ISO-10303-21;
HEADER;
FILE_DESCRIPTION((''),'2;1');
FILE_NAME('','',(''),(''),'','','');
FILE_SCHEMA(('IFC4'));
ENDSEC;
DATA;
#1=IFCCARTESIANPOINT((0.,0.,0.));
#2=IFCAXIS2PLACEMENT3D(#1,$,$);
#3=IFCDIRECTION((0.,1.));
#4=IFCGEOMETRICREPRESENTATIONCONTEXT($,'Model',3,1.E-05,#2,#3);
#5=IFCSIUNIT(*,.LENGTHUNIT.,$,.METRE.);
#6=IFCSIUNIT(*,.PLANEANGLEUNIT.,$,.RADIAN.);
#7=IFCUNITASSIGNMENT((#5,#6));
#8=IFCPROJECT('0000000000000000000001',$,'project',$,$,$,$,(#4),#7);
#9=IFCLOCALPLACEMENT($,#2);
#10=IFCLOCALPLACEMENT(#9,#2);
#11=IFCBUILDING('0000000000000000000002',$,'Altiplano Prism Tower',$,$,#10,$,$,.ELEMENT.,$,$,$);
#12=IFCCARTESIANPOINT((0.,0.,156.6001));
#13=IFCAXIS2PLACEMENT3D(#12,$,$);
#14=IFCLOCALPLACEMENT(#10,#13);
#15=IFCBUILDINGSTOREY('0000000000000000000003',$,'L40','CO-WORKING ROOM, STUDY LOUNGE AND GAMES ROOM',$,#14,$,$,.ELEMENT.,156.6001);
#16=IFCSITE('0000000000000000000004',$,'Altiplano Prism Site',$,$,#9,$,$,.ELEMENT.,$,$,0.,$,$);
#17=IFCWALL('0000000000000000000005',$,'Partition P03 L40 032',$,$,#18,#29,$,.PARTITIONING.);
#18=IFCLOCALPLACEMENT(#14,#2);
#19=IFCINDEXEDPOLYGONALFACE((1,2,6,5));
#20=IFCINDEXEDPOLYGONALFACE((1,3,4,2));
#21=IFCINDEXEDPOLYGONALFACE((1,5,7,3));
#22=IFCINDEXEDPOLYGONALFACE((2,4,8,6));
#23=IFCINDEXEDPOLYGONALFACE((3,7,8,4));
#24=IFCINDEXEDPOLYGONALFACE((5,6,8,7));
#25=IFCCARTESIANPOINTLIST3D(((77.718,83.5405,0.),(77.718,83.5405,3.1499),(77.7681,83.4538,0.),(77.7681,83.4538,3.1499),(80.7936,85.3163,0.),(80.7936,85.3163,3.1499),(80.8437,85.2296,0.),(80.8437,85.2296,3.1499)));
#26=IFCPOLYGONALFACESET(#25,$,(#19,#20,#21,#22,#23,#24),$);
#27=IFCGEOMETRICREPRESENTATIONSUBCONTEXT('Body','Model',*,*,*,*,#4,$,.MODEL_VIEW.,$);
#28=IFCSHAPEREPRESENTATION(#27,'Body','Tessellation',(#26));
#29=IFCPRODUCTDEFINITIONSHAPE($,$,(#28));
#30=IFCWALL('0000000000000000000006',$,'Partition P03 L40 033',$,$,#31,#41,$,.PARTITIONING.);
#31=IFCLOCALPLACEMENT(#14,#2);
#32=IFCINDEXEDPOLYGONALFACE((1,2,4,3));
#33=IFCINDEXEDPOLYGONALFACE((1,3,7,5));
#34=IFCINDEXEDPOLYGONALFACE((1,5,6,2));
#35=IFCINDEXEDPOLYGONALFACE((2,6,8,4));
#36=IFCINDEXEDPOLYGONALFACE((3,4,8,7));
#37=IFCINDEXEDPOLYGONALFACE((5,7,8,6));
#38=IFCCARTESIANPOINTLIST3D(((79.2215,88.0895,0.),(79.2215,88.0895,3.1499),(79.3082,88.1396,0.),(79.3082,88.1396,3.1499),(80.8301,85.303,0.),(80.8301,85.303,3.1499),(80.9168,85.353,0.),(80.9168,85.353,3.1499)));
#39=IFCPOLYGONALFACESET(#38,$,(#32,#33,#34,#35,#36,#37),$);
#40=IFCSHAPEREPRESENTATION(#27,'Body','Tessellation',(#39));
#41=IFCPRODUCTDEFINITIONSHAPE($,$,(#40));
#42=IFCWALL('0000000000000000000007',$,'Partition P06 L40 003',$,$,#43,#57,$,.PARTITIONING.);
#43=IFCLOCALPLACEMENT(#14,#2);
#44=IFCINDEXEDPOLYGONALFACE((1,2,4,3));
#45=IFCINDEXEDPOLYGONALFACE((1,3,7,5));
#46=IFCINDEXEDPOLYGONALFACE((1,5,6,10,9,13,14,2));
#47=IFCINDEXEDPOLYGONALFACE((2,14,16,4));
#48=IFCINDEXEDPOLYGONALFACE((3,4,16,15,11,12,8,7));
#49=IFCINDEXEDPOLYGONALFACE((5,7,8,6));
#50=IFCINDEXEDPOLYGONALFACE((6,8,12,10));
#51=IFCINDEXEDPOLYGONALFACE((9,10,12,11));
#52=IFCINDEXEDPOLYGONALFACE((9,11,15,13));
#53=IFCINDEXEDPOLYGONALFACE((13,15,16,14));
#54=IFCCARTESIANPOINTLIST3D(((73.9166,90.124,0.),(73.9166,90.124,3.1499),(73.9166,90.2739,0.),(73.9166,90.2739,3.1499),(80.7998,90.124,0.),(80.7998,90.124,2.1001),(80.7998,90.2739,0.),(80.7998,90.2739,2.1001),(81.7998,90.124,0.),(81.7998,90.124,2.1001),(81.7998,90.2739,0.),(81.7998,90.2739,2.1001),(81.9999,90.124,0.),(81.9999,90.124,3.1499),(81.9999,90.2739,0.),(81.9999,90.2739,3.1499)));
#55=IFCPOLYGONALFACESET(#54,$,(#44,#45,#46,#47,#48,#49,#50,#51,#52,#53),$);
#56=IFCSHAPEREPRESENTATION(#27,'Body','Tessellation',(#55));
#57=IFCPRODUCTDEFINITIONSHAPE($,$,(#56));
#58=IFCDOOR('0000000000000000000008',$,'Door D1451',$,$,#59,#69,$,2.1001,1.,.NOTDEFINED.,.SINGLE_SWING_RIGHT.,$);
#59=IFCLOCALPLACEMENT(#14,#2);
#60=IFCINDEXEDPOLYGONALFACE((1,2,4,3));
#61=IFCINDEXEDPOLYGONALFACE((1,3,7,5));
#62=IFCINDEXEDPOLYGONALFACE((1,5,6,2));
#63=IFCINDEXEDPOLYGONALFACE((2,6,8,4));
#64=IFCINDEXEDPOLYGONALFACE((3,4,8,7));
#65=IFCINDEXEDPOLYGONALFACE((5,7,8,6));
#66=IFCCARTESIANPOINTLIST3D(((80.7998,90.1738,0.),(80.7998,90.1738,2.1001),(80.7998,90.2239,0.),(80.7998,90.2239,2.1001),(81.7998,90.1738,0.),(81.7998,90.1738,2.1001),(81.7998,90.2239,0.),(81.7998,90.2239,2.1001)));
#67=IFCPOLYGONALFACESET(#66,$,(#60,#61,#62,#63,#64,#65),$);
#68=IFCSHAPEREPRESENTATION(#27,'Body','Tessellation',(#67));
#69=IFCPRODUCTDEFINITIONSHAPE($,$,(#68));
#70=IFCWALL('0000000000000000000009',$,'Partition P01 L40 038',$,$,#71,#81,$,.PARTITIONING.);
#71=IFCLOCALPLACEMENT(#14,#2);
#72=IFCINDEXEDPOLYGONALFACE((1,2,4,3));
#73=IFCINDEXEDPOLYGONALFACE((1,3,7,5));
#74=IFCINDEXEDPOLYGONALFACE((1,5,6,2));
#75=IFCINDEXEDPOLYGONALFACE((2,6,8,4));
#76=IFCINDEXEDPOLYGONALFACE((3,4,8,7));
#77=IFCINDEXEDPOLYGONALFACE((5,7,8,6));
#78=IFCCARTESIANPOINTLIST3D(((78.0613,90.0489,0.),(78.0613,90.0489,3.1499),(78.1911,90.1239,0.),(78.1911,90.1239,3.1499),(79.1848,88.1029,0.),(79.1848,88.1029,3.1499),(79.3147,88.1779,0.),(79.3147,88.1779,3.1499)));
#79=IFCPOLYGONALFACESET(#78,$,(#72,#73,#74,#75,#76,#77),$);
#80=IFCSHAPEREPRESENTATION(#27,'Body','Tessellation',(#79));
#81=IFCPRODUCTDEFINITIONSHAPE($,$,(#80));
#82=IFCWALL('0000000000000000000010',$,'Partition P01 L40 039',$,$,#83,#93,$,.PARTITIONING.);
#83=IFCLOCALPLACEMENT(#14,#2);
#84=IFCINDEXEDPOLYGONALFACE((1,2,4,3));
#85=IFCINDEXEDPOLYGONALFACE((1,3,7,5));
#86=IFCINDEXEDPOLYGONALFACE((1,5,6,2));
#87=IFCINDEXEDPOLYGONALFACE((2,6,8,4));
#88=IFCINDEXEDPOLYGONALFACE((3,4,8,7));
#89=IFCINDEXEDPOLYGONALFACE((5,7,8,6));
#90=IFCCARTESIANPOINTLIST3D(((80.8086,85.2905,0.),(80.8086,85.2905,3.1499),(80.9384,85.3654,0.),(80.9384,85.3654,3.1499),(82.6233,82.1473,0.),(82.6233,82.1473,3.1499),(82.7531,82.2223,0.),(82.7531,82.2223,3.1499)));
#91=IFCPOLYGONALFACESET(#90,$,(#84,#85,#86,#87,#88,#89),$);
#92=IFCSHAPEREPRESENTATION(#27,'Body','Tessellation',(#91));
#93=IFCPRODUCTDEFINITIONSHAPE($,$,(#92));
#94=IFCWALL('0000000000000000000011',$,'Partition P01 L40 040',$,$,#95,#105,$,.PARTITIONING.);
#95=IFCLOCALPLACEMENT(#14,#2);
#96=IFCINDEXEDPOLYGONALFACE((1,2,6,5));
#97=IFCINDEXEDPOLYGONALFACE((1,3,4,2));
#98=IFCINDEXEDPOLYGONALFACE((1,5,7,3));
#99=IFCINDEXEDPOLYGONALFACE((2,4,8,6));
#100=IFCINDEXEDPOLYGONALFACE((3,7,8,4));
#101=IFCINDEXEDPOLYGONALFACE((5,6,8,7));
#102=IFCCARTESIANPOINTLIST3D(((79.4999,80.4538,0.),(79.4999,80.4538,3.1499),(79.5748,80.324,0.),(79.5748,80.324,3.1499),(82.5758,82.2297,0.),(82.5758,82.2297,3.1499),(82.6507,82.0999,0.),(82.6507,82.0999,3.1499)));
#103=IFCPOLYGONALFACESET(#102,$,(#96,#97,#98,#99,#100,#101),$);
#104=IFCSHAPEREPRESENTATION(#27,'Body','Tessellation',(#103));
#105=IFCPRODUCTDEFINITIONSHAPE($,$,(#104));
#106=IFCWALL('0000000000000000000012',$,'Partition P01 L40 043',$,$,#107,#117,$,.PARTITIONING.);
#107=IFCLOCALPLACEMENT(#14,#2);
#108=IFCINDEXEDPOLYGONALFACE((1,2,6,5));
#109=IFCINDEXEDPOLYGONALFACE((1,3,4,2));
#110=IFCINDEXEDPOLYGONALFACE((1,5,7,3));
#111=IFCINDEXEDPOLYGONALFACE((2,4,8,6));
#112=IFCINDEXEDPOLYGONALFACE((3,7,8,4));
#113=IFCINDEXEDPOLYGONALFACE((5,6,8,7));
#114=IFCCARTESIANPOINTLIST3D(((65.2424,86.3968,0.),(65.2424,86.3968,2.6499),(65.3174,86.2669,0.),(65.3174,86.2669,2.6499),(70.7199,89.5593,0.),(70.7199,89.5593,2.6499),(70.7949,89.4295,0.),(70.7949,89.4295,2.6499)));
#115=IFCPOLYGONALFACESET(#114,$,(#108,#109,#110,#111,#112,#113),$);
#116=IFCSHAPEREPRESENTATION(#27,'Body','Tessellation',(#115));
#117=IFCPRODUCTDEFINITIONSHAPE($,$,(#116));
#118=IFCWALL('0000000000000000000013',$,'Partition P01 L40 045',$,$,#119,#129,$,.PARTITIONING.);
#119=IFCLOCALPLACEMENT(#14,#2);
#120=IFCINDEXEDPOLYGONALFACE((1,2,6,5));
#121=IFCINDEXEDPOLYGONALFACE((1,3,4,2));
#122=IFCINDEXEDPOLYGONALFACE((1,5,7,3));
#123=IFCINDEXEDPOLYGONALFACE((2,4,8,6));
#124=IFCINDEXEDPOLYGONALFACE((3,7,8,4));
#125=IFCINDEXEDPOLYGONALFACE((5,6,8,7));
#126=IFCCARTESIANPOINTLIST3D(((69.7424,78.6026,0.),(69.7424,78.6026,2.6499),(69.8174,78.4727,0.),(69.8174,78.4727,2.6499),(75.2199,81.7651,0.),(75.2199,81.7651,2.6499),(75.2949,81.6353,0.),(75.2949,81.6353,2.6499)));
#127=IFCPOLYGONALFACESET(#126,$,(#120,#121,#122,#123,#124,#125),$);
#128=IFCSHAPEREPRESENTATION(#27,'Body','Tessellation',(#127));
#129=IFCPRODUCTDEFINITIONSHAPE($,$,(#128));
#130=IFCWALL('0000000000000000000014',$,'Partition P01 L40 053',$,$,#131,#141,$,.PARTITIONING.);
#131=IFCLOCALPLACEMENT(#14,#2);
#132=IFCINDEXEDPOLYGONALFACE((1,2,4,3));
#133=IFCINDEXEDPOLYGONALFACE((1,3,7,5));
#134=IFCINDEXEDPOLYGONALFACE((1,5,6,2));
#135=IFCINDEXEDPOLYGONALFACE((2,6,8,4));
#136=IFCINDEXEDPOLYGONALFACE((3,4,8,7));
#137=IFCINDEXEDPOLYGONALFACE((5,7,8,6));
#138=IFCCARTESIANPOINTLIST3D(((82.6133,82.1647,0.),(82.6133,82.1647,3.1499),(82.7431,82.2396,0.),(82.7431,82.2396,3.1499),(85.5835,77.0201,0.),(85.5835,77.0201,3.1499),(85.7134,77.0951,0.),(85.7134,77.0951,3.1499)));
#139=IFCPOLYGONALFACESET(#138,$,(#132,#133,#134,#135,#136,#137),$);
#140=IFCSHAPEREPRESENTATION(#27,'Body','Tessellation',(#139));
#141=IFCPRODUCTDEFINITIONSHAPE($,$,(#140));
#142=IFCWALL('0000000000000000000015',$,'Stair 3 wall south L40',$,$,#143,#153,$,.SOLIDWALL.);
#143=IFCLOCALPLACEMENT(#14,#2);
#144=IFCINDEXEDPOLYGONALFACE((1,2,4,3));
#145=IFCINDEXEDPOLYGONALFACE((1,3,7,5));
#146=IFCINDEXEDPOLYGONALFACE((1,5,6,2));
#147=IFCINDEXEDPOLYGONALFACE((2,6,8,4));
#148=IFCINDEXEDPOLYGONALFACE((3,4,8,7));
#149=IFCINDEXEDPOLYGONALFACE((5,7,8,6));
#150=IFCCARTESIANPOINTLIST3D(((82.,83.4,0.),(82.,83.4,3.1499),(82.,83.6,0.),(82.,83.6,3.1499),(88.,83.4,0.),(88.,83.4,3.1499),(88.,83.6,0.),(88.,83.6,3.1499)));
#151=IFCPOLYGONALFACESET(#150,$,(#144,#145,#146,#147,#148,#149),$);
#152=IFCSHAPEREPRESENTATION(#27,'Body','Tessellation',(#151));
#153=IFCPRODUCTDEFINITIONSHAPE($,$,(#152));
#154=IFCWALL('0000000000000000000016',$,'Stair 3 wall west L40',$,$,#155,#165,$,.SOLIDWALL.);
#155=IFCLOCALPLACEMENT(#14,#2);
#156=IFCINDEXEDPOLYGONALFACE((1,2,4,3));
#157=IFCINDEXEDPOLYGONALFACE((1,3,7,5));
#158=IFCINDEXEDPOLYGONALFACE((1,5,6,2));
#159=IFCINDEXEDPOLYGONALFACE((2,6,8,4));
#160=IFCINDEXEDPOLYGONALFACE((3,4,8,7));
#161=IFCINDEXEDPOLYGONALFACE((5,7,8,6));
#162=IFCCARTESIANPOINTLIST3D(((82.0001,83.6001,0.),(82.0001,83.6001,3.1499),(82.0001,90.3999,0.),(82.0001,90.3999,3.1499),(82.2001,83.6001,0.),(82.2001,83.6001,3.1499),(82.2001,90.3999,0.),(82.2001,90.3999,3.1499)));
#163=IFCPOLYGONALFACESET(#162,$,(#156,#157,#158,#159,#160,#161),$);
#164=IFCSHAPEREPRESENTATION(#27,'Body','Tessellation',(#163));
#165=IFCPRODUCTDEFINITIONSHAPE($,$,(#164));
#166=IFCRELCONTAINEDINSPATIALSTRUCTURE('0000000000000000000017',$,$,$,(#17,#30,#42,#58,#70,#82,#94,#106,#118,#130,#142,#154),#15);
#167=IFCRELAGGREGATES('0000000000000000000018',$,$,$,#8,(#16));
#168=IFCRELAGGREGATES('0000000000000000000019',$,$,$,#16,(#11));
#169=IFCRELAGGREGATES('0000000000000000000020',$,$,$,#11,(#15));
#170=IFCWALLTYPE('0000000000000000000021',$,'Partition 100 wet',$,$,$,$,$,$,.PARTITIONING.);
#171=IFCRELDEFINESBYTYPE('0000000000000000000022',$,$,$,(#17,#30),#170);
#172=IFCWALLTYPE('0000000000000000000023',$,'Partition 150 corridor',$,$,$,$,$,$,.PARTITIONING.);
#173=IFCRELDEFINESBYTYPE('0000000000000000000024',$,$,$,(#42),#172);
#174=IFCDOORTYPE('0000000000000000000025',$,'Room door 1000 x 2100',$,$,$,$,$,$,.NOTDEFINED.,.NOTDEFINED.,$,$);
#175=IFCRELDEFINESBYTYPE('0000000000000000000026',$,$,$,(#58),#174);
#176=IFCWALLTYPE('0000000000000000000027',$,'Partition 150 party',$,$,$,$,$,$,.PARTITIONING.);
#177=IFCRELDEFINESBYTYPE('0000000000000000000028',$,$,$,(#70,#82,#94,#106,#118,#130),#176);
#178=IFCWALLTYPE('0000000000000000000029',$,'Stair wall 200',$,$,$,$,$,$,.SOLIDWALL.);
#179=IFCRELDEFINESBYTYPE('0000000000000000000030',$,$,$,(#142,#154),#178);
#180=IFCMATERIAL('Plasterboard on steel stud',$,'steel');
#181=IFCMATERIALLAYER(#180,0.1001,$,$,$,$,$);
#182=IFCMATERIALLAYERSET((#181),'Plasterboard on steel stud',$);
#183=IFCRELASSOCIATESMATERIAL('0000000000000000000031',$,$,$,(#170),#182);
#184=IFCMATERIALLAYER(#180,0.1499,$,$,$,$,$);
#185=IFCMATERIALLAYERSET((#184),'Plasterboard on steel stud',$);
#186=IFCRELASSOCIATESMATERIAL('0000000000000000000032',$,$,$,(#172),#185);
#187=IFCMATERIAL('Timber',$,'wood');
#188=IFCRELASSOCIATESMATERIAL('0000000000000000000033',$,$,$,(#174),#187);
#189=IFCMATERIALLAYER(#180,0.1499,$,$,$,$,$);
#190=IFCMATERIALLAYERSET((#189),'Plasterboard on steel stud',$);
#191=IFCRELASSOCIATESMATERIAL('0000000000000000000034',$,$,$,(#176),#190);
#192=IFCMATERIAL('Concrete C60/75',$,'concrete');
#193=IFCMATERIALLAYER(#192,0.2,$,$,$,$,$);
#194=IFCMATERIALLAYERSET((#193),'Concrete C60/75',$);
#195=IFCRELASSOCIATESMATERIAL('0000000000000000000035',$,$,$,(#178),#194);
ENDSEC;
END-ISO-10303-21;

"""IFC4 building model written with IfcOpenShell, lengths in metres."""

from ifc_helpers import new_model, si_unit, direction, frame, frame_2d, origin, place, context, subcontext, project, spatial, rectangle, extrude, material, layer, layer_set, type_object, element, fill, save


model = new_model("IFC4")

# Units and contexts
model_context = context("Model", 3, precision=1e-05, world=origin(), true_north=direction((0.0, 1.0)))
body_context = subcontext(model_context, "Body", "Model", "MODEL_VIEW")
ifc_project = project(units=[si_unit("LENGTHUNIT", "METRE"), si_unit("PLANEANGLEUNIT", "RADIAN")], contexts=[model_context])

# Site, building, storey
site_placement = place(None, origin())
site = spatial("IfcSite", under=ifc_project, at=site_placement, Name="Altiplano Prism Site", CompositionType="ELEMENT", RefElevation=0.0)
building_placement = place(site_placement, origin())
building = spatial("IfcBuilding", under=site, at=building_placement, Name="Altiplano Prism Tower", CompositionType="ELEMENT")
storey_placement = place(building_placement, frame((0.0, 0.0, 156.6001)))
storey = spatial("IfcBuildingStorey", under=building, at=storey_placement, Name="L40", Description="CO-WORKING ROOM, STUDY LOUNGE AND GAMES ROOM", CompositionType="ELEMENT", Elevation=156.6001)

# Shared definitions
ifc_material_1 = material(Name="Concrete C60/75", Category="concrete")

# Walls
ifc_material_2 = material(Name="Plasterboard on steel stud", Category="steel")
ifc_layer_1 = layer(ifc_material_2, 0.1001)
ifc_layer_set_1 = layer_set([ifc_layer_1], Name="Plasterboard on steel stud")
wall_type_1 = type_object("IfcWallType", Name="Partition 100 wet", PredefinedType="PARTITIONING", material=ifc_layer_set_1)
wall_1_placement = place(storey_placement, frame((77.7429, 83.4971, 0.0), z_axis=(0.0, 0.0, 1.0), x_axis=(0.866009, 0.500028, 0.0)))
element("IfcWall", 1, at=wall_1_placement, inside=storey, type_object=wall_type_1, Name="Partition P03 L40 032", PredefinedType="PARTITIONING", context=body_context, shape_type="SweptSolid", body=[
    extrude(rectangle(XDim=3.5515, YDim=0.1001, at=frame_2d((1.7759, 0.0))), origin(), (0.0, 0.0, 1.0), 3.1499),
])
wall_2_placement = place(storey_placement, frame((80.8735, 85.3279, 0.0), z_axis=(0.0, 0.0, 1.0), x_axis=(-0.49995, 0.866054, 0.0)))
element("IfcWall", 2, at=wall_2_placement, inside=storey, type_object=wall_type_1, Name="Partition P03 L40 033", PredefinedType="PARTITIONING", context=body_context, shape_type="SweptSolid", body=[
    extrude(rectangle(XDim=3.2175, YDim=0.1001, at=frame_2d((1.6089, 0.0))), origin(), (0.0, 0.0, 1.0), 3.1499),
])

# Wall, opening, door
ifc_layer_2 = layer(ifc_material_2, 0.1499)
ifc_layer_set_2 = layer_set([ifc_layer_2], Name="Plasterboard on steel stud")
wall_type_2 = type_object("IfcWallType", Name="Partition 150 corridor", PredefinedType="PARTITIONING", material=ifc_layer_set_2)
wall_3_placement = place(storey_placement, frame((73.9167, 90.199, 0.0), z_axis=(0.0, 0.0, 1.0), x_axis=(1.0, 0.0, 0.0)))
wall_3 = element("IfcWall", 3, at=wall_3_placement, inside=storey, type_object=wall_type_2, Name="Partition P06 L40 003", PredefinedType="PARTITIONING", context=body_context, shape_type="SweptSolid", body=[
    extrude(rectangle(XDim=8.0833, YDim=0.1499, at=frame_2d((4.0415, 0.0))), origin(), (0.0, 0.0, 1.0), 3.1499),
])
opening_placement = place(wall_3_placement, frame((6.8831, 0.0, 0.0)))
opening = element("IfcOpeningElement", 4, at=opening_placement, cuts=wall_3, PredefinedType="OPENING", context=body_context, shape_type="SweptSolid", body=[
    extrude(rectangle(XDim=1.0, YDim=2.1001, at=frame_2d((0.5, 1.05))), frame((0.0, 0.0854, 0.0), z_axis=(0.0, -1.0, 0.0), x_axis=(1.0, 0.0, 0.0)), (0.0, 0.0, 1.0), 0.1709),
])
ifc_material_3 = material(Name="Timber", Category="wood")
door_type = type_object("IfcDoorType", Name="Room door 1000 x 2100", OperationType="NOTDEFINED", PredefinedType="NOTDEFINED", material=ifc_material_3)
door_placement = place(opening_placement, origin())
door = element("IfcDoor", 5, at=door_placement, inside=storey, type_object=door_type, Name="Door D1451", OperationType="SINGLE_SWING_RIGHT", OverallHeight=2.1001, OverallWidth=1.0, PredefinedType="NOTDEFINED", context=body_context, shape_type="SweptSolid", body=[
    extrude(rectangle(XDim=1.0, YDim=2.1001, at=frame_2d((0.5, 1.05))), frame((0.0, 0.0249, 0.0), z_axis=(0.0, -1.0, 0.0), x_axis=(1.0, 0.0, 0.0)), (0.0, 0.0, 1.0), 0.05),
])
fill(opening, door)

# Walls
ifc_layer_3 = layer(ifc_material_2, 0.1499)
ifc_layer_set_3 = layer_set([ifc_layer_3], Name="Plasterboard on steel stud")
wall_type_3 = type_object("IfcWallType", Name="Partition 150 party", PredefinedType="PARTITIONING", material=ifc_layer_set_3)
wall_4_placement = place(storey_placement, frame((79.2498, 88.1404, 0.0), z_axis=(0.0, 0.0, 1.0), x_axis=(-0.499995, 0.866028, 0.0)))
element("IfcWall", 6, at=wall_4_placement, inside=storey, type_object=wall_type_3, Name="Partition P01 L40 038", PredefinedType="PARTITIONING", context=body_context, shape_type="SweptSolid", body=[
    extrude(rectangle(XDim=2.2471, YDim=0.1499, at=frame_2d((1.1235, 0.0))), origin(), (0.0, 0.0, 1.0), 3.1499),
])
wall_5_placement = place(storey_placement, frame((82.6882, 82.1848, 0.0), z_axis=(0.0, 0.0, 1.0), x_axis=(-0.50001, 0.86602, 0.0)))
element("IfcWall", 7, at=wall_5_placement, inside=storey, type_object=wall_type_3, Name="Partition P01 L40 039", PredefinedType="PARTITIONING", context=body_context, shape_type="SweptSolid", body=[
    extrude(rectangle(XDim=3.6294, YDim=0.1499, at=frame_2d((1.8147, 0.0))), origin(), (0.0, 0.0, 1.0), 3.1499),
])
wall_6_placement = place(storey_placement, frame((79.5374, 80.3889, 0.0), z_axis=(0.0, 0.0, 1.0), x_axis=(0.866026, 0.499998, 0.0)))
element("IfcWall", 8, at=wall_6_placement, inside=storey, type_object=wall_type_3, Name="Partition P01 L40 040", PredefinedType="PARTITIONING", context=body_context, shape_type="SweptSolid", body=[
    extrude(rectangle(XDim=3.5518, YDim=0.1499, at=frame_2d((1.7759, 0.0))), origin(), (0.0, 0.0, 1.0), 3.1499),
])
for number, where, z_axis, x_axis, name in (
    (9, (65.2798, 86.3318, 0.0), (0.0, 0.0, 1.0), (0.866016, 0.500016, 0.0), "Partition P01 L40 043"),
    (10, (69.7798, 78.5376, 0.0), (0.0, 0.0, 1.0), (0.866016, 0.500016, 0.0), "Partition P01 L40 045"),
):
    element("IfcWall", number, at=place(storey_placement, frame(where, z_axis=z_axis, x_axis=x_axis)), inside=storey, type_object=wall_type_3, Name=name, PredefinedType="PARTITIONING", context=body_context, shape_type="SweptSolid", body=[
        extrude(rectangle(XDim=6.325, YDim=0.1499, at=frame_2d((3.1626, 0.0))), origin(), (0.0, 0.0, 1.0), 2.6499),
    ])
wall_7_placement = place(storey_placement, frame((82.6782, 82.2021, 0.0), z_axis=(0.0, 0.0, 1.0), x_axis=(0.500002, -0.866024, 0.0)))
element("IfcWall", 11, at=wall_7_placement, inside=storey, type_object=wall_type_3, Name="Partition P01 L40 053", PredefinedType="PARTITIONING", context=body_context, shape_type="SweptSolid", body=[
    extrude(rectangle(XDim=5.9404, YDim=0.1499, at=frame_2d((2.9702, 0.0))), origin(), (0.0, 0.0, 1.0), 3.1499),
])
ifc_layer_4 = layer(ifc_material_1, 0.2)
ifc_layer_set_4 = layer_set([ifc_layer_4], Name="Concrete C60/75")
wall_type_4 = type_object("IfcWallType", Name="Stair wall 200", PredefinedType="SOLIDWALL", material=ifc_layer_set_4)
wall_8_placement = place(storey_placement, frame((82.0, 83.5, 0.0), z_axis=(0.0, 0.0, 1.0), x_axis=(1.0, 0.0, 0.0)))
element("IfcWall", 12, at=wall_8_placement, inside=storey, type_object=wall_type_4, Name="Stair 3 wall south L40", PredefinedType="SOLIDWALL", context=body_context, shape_type="SweptSolid", body=[
    extrude(rectangle(XDim=6.0, YDim=0.2, at=frame_2d((3.0, 0.0))), origin(), (0.0, 0.0, 1.0), 3.1499),
])
wall_9_placement = place(storey_placement, frame((82.1001, 83.6001, 0.0), z_axis=(0.0, 0.0, 1.0), x_axis=(0.0, 1.0, 0.0)))
element("IfcWall", 13, at=wall_9_placement, inside=storey, type_object=wall_type_4, Name="Stair 3 wall west L40", PredefinedType="SOLIDWALL", context=body_context, shape_type="SweptSolid", body=[
    extrude(rectangle(XDim=6.7998, YDim=0.2, at=frame_2d((3.3999, 0.0))), origin(), (0.0, 0.0, 1.0), 3.1499),
])

save(model, "model.ifc")
